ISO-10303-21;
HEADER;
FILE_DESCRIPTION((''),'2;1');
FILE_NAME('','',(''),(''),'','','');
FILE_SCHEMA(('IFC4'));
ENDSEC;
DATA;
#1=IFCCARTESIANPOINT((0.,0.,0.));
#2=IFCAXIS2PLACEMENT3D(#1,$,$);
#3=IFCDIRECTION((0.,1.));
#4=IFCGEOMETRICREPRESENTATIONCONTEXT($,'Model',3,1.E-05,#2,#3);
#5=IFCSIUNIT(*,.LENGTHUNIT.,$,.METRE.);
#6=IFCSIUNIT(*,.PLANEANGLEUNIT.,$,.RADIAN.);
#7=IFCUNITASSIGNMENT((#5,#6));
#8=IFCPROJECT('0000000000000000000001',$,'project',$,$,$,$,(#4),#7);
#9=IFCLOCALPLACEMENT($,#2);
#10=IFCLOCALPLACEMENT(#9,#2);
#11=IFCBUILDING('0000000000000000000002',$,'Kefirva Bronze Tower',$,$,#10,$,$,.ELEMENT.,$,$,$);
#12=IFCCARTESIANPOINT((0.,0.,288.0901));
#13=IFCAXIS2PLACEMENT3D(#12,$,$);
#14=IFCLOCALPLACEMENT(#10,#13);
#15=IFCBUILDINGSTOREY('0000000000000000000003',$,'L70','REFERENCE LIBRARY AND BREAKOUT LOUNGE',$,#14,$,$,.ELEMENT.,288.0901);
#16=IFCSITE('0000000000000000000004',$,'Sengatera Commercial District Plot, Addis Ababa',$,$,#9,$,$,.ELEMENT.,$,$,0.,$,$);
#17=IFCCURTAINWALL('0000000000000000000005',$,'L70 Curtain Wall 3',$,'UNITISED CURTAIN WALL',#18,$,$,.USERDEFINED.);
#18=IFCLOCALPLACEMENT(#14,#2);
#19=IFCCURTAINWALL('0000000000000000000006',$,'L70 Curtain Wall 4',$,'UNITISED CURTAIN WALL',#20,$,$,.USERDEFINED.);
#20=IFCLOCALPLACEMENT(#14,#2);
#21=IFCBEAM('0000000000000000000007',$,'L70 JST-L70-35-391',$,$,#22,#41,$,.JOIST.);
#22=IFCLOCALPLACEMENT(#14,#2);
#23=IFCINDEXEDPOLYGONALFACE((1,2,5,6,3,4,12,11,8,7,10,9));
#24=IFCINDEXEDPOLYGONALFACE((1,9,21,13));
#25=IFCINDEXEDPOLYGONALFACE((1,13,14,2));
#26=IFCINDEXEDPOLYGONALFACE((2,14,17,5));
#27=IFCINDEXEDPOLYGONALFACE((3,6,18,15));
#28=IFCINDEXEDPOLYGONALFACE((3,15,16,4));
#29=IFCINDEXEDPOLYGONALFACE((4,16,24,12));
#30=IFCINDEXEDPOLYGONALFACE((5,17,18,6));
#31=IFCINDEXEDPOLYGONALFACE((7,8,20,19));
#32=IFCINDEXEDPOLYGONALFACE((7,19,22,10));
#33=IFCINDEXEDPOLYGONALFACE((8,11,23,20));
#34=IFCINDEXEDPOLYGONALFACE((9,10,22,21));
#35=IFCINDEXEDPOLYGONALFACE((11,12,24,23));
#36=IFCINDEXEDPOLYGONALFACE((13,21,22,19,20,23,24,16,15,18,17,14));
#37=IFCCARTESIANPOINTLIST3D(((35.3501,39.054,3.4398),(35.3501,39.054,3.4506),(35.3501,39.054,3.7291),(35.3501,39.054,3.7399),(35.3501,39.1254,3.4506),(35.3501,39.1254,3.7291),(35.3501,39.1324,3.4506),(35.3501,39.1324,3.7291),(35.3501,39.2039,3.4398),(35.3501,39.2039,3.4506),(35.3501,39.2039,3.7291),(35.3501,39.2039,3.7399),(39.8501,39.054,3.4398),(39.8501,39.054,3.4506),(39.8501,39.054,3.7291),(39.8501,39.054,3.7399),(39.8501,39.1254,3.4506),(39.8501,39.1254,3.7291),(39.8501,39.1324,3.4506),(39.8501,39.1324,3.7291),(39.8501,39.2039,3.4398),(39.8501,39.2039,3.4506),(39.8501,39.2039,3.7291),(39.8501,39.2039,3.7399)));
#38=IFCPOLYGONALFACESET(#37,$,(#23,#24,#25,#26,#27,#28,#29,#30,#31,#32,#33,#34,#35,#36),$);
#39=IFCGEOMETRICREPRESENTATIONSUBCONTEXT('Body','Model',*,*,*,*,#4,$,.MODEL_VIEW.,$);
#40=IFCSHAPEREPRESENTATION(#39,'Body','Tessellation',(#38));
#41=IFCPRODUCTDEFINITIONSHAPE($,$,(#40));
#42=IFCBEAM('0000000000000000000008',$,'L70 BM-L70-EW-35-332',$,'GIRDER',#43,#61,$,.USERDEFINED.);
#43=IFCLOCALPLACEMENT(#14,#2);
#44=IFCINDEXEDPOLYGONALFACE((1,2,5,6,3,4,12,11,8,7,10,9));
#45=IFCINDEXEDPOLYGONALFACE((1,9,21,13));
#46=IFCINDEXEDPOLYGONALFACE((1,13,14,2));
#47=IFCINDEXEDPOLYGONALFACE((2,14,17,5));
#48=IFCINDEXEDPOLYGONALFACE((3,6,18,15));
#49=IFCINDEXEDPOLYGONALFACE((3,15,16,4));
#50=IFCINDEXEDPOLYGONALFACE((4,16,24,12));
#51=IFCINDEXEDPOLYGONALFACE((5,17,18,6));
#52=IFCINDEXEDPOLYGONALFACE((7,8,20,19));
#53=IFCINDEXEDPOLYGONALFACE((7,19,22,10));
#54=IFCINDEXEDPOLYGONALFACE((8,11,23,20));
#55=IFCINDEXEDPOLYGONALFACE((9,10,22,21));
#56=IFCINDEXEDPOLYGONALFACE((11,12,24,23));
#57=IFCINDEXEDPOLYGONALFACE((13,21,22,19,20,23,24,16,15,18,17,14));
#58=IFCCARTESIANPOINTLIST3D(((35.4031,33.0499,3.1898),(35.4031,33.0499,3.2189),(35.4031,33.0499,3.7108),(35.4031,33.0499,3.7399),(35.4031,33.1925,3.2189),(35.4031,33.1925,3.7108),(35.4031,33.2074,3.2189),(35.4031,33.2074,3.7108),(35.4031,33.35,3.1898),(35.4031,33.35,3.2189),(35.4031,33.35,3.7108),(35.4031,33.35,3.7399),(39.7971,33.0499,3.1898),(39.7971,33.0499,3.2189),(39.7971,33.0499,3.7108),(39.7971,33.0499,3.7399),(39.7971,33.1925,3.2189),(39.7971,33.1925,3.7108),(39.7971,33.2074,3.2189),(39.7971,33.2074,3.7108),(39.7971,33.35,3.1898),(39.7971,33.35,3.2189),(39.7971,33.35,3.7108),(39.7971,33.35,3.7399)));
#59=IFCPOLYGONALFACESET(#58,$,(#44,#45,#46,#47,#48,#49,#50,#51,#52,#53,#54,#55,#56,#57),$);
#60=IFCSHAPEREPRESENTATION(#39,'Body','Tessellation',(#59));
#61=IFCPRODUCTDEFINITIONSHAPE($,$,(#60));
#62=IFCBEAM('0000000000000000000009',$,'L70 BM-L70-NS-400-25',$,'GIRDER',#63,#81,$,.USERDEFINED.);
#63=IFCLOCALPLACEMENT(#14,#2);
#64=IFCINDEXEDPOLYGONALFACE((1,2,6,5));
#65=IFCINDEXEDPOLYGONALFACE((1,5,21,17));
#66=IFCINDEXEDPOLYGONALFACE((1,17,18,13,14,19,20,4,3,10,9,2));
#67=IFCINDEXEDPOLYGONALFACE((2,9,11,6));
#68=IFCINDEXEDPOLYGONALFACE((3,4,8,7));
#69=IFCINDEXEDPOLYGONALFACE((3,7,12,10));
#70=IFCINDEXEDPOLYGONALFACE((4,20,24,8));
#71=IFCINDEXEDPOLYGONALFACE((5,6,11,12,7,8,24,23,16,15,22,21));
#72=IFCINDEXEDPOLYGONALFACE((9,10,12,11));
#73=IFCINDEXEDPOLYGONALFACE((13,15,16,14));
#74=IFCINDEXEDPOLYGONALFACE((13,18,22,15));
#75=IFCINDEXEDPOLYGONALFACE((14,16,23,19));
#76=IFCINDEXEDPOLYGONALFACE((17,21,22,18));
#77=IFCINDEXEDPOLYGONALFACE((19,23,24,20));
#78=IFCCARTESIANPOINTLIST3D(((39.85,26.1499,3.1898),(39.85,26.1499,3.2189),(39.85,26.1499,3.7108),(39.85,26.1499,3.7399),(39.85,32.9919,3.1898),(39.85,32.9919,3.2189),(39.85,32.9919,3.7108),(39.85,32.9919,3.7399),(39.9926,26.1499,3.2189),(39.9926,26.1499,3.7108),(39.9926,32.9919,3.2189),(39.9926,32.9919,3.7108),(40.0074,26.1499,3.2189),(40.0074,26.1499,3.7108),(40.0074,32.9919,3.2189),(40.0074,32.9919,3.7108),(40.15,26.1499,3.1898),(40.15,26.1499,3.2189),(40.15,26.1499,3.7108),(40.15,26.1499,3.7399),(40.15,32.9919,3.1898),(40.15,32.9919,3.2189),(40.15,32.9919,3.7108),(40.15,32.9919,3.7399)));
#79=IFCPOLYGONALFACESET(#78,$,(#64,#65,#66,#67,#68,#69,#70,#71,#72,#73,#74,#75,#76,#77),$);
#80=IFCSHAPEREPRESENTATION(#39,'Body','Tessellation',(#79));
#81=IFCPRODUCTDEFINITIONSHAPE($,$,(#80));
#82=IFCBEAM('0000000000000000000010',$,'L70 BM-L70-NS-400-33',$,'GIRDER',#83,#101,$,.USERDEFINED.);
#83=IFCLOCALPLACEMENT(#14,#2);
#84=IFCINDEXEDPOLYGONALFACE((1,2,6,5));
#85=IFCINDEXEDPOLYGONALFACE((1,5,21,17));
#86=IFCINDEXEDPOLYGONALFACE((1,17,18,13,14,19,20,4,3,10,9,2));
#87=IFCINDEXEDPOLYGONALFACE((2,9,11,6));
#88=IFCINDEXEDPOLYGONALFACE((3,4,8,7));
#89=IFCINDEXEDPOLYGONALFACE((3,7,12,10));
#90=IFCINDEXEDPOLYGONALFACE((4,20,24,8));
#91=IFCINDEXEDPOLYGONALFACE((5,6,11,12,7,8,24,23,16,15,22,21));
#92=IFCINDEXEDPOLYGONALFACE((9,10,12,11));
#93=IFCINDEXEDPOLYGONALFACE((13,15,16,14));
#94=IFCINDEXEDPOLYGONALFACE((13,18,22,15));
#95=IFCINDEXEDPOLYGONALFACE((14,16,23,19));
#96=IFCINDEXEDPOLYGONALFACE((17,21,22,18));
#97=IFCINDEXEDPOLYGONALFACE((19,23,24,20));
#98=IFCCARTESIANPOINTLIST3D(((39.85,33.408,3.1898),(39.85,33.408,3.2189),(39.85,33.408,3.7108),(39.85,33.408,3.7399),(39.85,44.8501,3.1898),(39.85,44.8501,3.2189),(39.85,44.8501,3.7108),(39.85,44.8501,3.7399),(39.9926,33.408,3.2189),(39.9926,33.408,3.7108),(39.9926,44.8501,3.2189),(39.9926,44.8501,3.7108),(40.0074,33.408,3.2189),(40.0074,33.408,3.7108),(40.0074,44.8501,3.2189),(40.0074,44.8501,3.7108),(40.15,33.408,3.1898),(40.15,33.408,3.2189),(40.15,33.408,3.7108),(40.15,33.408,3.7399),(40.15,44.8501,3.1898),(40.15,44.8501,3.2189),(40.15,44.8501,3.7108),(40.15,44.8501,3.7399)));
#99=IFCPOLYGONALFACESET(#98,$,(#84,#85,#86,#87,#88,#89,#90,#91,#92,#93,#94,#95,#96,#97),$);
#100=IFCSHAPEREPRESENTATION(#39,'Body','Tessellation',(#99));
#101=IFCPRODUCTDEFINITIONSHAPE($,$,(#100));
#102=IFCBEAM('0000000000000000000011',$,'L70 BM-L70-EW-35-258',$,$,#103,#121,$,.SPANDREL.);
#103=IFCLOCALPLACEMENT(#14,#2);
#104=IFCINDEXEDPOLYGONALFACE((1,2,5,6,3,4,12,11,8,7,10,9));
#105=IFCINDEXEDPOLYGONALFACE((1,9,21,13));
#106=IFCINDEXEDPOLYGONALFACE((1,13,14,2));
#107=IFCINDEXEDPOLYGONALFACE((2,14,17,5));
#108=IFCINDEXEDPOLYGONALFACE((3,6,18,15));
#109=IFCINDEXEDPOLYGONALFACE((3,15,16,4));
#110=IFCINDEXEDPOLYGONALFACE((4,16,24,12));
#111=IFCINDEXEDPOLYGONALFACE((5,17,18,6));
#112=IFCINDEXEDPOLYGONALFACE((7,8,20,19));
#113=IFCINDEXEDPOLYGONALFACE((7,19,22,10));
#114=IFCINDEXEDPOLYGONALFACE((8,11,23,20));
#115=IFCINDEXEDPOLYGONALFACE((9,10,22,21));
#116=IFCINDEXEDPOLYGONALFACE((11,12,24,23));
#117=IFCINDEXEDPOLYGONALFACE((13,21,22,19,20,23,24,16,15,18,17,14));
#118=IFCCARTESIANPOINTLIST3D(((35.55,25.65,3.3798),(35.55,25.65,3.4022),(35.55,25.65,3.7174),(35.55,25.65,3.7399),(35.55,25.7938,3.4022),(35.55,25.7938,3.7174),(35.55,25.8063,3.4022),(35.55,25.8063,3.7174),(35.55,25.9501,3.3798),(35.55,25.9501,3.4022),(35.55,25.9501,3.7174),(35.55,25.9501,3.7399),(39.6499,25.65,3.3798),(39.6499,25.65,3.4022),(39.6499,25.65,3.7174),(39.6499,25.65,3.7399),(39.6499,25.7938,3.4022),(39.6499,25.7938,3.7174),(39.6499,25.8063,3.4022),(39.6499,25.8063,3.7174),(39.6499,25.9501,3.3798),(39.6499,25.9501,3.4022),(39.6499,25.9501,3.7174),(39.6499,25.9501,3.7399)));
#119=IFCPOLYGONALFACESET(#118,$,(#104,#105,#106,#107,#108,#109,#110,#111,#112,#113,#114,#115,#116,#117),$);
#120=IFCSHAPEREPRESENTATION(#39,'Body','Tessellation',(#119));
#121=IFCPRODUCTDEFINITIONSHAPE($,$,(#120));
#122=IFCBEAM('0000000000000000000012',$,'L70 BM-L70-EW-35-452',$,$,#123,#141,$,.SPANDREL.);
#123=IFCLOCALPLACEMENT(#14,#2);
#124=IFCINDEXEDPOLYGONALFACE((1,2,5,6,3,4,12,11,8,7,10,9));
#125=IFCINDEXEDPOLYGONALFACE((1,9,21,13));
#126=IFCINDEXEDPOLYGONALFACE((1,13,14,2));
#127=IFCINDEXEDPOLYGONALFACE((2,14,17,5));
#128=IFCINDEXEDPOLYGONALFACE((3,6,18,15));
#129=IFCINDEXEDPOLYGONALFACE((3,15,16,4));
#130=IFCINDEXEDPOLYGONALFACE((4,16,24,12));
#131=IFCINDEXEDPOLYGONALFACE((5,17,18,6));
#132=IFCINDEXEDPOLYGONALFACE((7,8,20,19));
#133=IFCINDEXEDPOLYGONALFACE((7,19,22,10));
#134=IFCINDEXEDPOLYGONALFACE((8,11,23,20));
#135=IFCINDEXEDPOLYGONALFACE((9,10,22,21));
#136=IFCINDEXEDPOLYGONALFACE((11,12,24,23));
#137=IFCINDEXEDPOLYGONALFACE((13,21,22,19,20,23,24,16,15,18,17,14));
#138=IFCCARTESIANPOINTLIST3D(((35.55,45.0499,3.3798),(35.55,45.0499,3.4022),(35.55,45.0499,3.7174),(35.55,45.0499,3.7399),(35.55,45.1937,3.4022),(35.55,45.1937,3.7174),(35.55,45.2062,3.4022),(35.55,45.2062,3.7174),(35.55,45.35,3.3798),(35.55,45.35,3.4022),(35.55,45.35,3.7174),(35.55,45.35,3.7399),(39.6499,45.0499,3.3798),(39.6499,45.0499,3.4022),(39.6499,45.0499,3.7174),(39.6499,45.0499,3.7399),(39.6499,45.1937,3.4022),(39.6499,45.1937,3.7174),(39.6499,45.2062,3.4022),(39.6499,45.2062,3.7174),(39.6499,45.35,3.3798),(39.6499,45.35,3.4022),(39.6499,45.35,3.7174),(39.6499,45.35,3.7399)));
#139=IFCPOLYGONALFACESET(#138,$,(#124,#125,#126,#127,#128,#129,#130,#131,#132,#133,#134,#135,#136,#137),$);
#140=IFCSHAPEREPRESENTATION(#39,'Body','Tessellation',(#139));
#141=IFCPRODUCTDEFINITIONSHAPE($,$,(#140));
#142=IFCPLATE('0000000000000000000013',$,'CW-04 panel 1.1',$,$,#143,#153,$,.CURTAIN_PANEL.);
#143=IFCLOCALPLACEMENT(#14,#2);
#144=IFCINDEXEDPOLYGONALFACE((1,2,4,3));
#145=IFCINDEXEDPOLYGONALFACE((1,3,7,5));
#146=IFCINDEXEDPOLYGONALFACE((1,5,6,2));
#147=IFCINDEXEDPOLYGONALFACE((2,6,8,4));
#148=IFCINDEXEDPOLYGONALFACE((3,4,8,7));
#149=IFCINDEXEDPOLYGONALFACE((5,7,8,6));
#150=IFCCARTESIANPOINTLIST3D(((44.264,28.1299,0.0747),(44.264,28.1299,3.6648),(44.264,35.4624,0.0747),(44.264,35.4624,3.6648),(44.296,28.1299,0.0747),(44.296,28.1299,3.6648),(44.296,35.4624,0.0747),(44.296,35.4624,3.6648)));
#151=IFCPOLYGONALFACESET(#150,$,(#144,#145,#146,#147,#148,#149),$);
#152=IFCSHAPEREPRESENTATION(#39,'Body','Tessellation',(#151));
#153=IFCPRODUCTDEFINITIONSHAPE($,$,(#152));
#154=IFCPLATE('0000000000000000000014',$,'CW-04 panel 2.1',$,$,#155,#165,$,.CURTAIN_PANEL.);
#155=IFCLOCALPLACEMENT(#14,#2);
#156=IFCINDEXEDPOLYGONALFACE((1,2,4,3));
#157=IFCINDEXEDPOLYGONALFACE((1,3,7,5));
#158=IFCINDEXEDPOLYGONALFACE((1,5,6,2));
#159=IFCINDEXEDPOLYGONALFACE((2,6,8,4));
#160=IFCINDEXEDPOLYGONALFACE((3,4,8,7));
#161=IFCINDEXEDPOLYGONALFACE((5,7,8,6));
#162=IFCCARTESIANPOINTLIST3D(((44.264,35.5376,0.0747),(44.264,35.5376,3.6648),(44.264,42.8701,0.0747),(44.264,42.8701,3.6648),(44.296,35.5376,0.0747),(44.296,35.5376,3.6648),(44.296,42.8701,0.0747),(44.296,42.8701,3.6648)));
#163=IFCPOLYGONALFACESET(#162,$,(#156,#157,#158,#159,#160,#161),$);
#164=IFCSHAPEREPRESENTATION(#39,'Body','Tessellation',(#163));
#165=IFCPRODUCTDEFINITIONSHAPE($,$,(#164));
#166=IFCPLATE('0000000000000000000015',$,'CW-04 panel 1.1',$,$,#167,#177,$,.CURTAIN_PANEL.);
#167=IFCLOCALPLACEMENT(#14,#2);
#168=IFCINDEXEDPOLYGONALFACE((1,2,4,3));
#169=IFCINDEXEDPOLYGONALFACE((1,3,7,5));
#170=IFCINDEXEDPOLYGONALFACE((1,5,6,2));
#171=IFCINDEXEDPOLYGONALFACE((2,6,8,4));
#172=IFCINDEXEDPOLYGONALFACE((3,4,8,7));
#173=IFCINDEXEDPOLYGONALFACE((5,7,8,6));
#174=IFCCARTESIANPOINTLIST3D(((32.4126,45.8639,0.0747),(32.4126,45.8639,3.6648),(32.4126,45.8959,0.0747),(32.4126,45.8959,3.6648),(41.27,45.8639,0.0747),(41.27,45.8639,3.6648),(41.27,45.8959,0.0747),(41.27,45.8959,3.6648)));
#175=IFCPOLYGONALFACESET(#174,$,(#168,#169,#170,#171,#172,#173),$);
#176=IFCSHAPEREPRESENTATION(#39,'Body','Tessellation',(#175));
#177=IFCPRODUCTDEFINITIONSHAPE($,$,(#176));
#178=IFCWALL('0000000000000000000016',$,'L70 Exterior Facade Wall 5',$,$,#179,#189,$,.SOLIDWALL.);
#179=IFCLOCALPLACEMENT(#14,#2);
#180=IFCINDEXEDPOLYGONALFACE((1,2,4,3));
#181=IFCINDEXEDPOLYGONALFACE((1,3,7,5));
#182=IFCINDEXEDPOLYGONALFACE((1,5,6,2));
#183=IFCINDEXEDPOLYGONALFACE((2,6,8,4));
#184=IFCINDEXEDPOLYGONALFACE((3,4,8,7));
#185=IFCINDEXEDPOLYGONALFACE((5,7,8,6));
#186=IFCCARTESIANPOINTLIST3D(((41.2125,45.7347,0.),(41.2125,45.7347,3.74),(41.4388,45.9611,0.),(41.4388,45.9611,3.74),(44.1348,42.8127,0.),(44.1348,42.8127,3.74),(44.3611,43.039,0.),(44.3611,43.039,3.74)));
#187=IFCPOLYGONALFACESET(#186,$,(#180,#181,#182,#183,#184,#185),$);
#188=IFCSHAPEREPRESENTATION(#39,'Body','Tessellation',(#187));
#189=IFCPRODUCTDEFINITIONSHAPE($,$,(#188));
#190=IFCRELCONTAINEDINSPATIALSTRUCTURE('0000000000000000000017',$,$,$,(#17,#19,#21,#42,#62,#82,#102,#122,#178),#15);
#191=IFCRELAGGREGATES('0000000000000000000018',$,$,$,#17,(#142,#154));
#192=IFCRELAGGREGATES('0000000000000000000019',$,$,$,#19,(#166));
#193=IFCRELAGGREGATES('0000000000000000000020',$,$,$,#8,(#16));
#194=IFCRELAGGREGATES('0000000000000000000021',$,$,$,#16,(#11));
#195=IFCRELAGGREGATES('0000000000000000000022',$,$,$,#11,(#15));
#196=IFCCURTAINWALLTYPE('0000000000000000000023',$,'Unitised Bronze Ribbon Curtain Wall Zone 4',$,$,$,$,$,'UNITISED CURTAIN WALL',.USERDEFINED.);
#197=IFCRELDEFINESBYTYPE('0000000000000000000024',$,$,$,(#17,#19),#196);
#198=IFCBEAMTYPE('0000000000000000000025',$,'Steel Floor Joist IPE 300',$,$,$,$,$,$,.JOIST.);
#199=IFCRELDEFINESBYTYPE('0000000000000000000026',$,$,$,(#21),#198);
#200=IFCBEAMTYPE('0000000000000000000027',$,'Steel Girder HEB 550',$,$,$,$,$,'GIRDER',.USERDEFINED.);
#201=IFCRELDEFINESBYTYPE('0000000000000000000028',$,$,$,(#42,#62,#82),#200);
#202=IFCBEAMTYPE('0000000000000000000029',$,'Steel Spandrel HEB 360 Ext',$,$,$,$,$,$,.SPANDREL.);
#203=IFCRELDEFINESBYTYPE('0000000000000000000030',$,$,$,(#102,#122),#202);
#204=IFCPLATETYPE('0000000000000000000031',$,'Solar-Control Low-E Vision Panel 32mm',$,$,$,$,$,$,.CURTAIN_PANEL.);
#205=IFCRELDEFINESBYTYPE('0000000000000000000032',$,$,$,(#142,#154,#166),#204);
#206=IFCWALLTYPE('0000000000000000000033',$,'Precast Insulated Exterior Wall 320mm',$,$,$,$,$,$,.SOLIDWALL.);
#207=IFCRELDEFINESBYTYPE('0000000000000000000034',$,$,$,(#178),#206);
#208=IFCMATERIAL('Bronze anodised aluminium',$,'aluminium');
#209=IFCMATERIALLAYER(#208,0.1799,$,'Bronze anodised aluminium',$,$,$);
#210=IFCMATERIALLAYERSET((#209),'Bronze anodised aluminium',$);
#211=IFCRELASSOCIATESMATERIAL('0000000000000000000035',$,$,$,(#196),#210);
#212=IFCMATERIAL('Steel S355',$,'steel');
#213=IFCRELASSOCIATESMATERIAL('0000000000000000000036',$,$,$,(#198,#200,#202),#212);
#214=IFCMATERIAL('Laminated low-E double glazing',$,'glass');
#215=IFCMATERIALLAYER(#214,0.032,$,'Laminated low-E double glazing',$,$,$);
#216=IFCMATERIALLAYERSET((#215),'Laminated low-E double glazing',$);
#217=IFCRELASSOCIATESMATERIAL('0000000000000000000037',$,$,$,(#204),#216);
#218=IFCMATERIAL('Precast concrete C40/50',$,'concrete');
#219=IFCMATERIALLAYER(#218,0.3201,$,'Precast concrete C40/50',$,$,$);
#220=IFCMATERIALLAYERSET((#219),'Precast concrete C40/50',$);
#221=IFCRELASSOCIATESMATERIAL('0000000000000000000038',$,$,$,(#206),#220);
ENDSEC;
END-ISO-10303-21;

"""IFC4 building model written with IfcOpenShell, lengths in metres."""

from ifc_helpers import new_model, si_unit, direction, frame, frame_2d, origin, origin_2d, place, context, subcontext, project, spatial, rectangle, i_section, extrude, material, layer, layer_set, material_profile, profile_set, type_object, element, aggregate, save


model = new_model("IFC4")

# Units and contexts
model_context = context("Model", 3, precision=1e-05, world=origin(), true_north=direction((0.0, 1.0)))
body_context = subcontext(model_context, "Body", "Model", "MODEL_VIEW")
ifc_project = project(units=[si_unit("LENGTHUNIT", "METRE"), si_unit("PLANEANGLEUNIT", "RADIAN")], contexts=[model_context])

# Site, building, storey
site_placement = place(None, origin())
site = spatial("IfcSite", under=ifc_project, at=site_placement, Name="Sengatera Commercial District Plot, Addis Ababa", CompositionType="ELEMENT", RefElevation=0.0)
building_placement = place(site_placement, origin())
building = spatial("IfcBuilding", under=site, at=building_placement, Name="Kefirva Bronze Tower", CompositionType="ELEMENT")
storey_placement = place(building_placement, frame((0.0, 0.0, 288.0901)))
storey = spatial("IfcBuildingStorey", under=building, at=storey_placement, Name="L70", Description="REFERENCE LIBRARY AND BREAKOUT LOUNGE", CompositionType="ELEMENT", Elevation=288.0901)

# Curtain wall
ifc_material_1 = material(Name="Bronze anodised aluminium", Category="aluminium")
ifc_layer_1 = layer(ifc_material_1, 0.1799, Name="Bronze anodised aluminium")
ifc_layer_set_1 = layer_set([ifc_layer_1], Name="Bronze anodised aluminium")
curtain_wall_type = type_object("IfcCurtainWallType", Name="Unitised Bronze Ribbon Curtain Wall Zone 4", ElementType="UNITISED CURTAIN WALL", PredefinedType="USERDEFINED", material=ifc_layer_set_1)
curtain_wall_1_placement = place(storey_placement, origin())
curtain_wall_1 = element("IfcCurtainWall", 1, at=curtain_wall_1_placement, inside=storey, type_object=curtain_wall_type, Name="L70 Curtain Wall 3", ObjectType="UNITISED CURTAIN WALL", PredefinedType="USERDEFINED")

# Curtain wall
curtain_wall_2_placement = place(storey_placement, origin())
curtain_wall_2 = element("IfcCurtainWall", 2, at=curtain_wall_2_placement, inside=storey, type_object=curtain_wall_type, Name="L70 Curtain Wall 4", ObjectType="UNITISED CURTAIN WALL", PredefinedType="USERDEFINED")

# Beams
ifc_material_2 = material(Name="Steel S355", Category="steel")
ifc_material_profile_1 = material_profile(ifc_material_2, i_section(OverallWidth=0.1499, OverallDepth=0.3, WebThickness=0.0071, FlangeThickness=0.0107, at=origin_2d()), Name="IPE 300")
ifc_profile_set_1 = profile_set([ifc_material_profile_1], Name="Steel S355")
beam_type_1 = type_object("IfcBeamType", Name="Steel Floor Joist IPE 300", PredefinedType="JOIST", material=ifc_profile_set_1)
beam_1_placement = place(storey_placement, frame((35.3501, 39.1289, 3.5898), z_axis=(1.0, 0.0, 0.0), x_axis=(0.0, 1.0, 0.0)))
element("IfcBeam", 3, at=beam_1_placement, inside=storey, type_object=beam_type_1, Name="L70 JST-L70-35-391", PredefinedType="JOIST", context=body_context, shape_type="SweptSolid", body=[
    extrude(i_section(OverallWidth=0.1499, OverallDepth=0.3, WebThickness=0.0071, FlangeThickness=0.0107, at=origin_2d()), origin(), (0.0, 0.0, 1.0), 4.5),
])
ifc_material_profile_2 = material_profile(ifc_material_2, i_section(OverallWidth=0.3, OverallDepth=0.55, WebThickness=0.0149, FlangeThickness=0.0291, at=origin_2d()), Name="HEB 550")
ifc_profile_set_2 = profile_set([ifc_material_profile_2], Name="Steel S355")
beam_type_2 = type_object("IfcBeamType", Name="Steel Girder HEB 550", ElementType="GIRDER", PredefinedType="USERDEFINED", material=ifc_profile_set_2)
beam_2_placement = place(storey_placement, frame((35.4031, 33.2, 3.4648), z_axis=(1.0, 0.0, 0.0), x_axis=(0.0, 1.0, 0.0)))
element("IfcBeam", 4, at=beam_2_placement, inside=storey, type_object=beam_type_2, Name="L70 BM-L70-EW-35-332", ObjectType="GIRDER", PredefinedType="USERDEFINED", context=body_context, shape_type="SweptSolid", body=[
    extrude(i_section(OverallWidth=0.3, OverallDepth=0.55, WebThickness=0.0149, FlangeThickness=0.0291, at=origin_2d()), origin(), (0.0, 0.0, 1.0), 4.394),
])
beam_3_placement = place(storey_placement, frame((40.0, 26.1499, 3.4648), z_axis=(0.0, 1.0, 0.0), x_axis=(-1.0, 0.0, 0.0)))
element("IfcBeam", 5, at=beam_3_placement, inside=storey, type_object=beam_type_2, Name="L70 BM-L70-NS-400-25", ObjectType="GIRDER", PredefinedType="USERDEFINED", context=body_context, shape_type="SweptSolid", body=[
    extrude(i_section(OverallWidth=0.3, OverallDepth=0.55, WebThickness=0.0149, FlangeThickness=0.0291, at=origin_2d()), origin(), (0.0, 0.0, 1.0), 6.842),
])
beam_4_placement = place(storey_placement, frame((40.0, 33.408, 3.4648), z_axis=(0.0, 1.0, 0.0), x_axis=(-1.0, 0.0, 0.0)))
element("IfcBeam", 6, at=beam_4_placement, inside=storey, type_object=beam_type_2, Name="L70 BM-L70-NS-400-33", ObjectType="GIRDER", PredefinedType="USERDEFINED", context=body_context, shape_type="SweptSolid", body=[
    extrude(i_section(OverallWidth=0.3, OverallDepth=0.55, WebThickness=0.0149, FlangeThickness=0.0291, at=origin_2d()), origin(), (0.0, 0.0, 1.0), 11.4421),
])
ifc_material_profile_3 = material_profile(ifc_material_2, i_section(OverallWidth=0.3, OverallDepth=0.3601, WebThickness=0.0125, FlangeThickness=0.0225, at=origin_2d()), Name="HEB 360")
ifc_profile_set_3 = profile_set([ifc_material_profile_3], Name="Steel S355")
beam_type_3 = type_object("IfcBeamType", Name="Steel Spandrel HEB 360 Ext", PredefinedType="SPANDREL", material=ifc_profile_set_3)
for number, where, z_axis, x_axis, name in (
    (7, (35.55, 25.8, 3.5598), (1.0, 0.0, 0.0), (0.0, 1.0, 0.0), "L70 BM-L70-EW-35-258"),
    (8, (35.55, 45.2, 3.5598), (1.0, 0.0, 0.0), (0.0, 1.0, 0.0), "L70 BM-L70-EW-35-452"),
):
    element("IfcBeam", number, at=place(storey_placement, frame(where, z_axis=z_axis, x_axis=x_axis)), inside=storey, type_object=beam_type_3, Name=name, PredefinedType="SPANDREL", context=body_context, shape_type="SweptSolid", body=[
        extrude(i_section(OverallWidth=0.3, OverallDepth=0.3601, WebThickness=0.0125, FlangeThickness=0.0225, at=origin_2d()), origin(), (0.0, 0.0, 1.0), 4.0999),
    ])

# Plates
ifc_material_3 = material(Name="Laminated low-E double glazing", Category="glass")
ifc_layer_2 = layer(ifc_material_3, 0.032, Name="Laminated low-E double glazing")
ifc_layer_set_2 = layer_set([ifc_layer_2], Name="Laminated low-E double glazing")
plate_type = type_object("IfcPlateType", Name="Solar-Control Low-E Vision Panel 32mm", PredefinedType="CURTAIN_PANEL", material=ifc_layer_set_2)
plate_1_placement = place(storey_placement, frame((44.28, 31.7961, 0.0747), z_axis=(0.0, 0.0, 1.0), x_axis=(0.0, 1.0, 0.0)))
plate_1 = element("IfcPlate", 9, at=plate_1_placement, type_object=plate_type, Name="CW-04 panel 1.1", PredefinedType="CURTAIN_PANEL", context=body_context, shape_type="SweptSolid", body=[
    extrude(rectangle(XDim=7.3325, YDim=0.032, at=origin_2d()), origin(), (0.0, 0.0, 1.0), 3.5901),
])
plate_2_placement = place(storey_placement, frame((44.28, 39.2039, 0.0747), z_axis=(0.0, 0.0, 1.0), x_axis=(0.0, 1.0, 0.0)))
plate_2 = element("IfcPlate", 10, at=plate_2_placement, type_object=plate_type, Name="CW-04 panel 2.1", PredefinedType="CURTAIN_PANEL", context=body_context, shape_type="SweptSolid", body=[
    extrude(rectangle(XDim=7.3325, YDim=0.032, at=origin_2d()), origin(), (0.0, 0.0, 1.0), 3.5901),
])
aggregate(curtain_wall_1, [plate_1, plate_2])
plate_3_placement = place(storey_placement, frame((36.8413, 45.8799, 0.0747), z_axis=(0.0, 0.0, 1.0), x_axis=(-1.0, 0.0, 0.0)))
plate_3 = element("IfcPlate", 11, at=plate_3_placement, type_object=plate_type, Name="CW-04 panel 1.1", PredefinedType="CURTAIN_PANEL", context=body_context, shape_type="SweptSolid", body=[
    extrude(rectangle(XDim=8.8574, YDim=0.032, at=origin_2d()), origin(), (0.0, 0.0, 1.0), 3.5901),
])
aggregate(curtain_wall_2, [plate_3])

# Wall
ifc_material_4 = material(Name="Precast concrete C40/50", Category="concrete")
ifc_layer_3 = layer(ifc_material_4, 0.3201, Name="Precast concrete C40/50")
ifc_layer_set_3 = layer_set([ifc_layer_3], Name="Precast concrete C40/50")
wall_type = type_object("IfcWallType", Name="Precast Insulated Exterior Wall 320mm", PredefinedType="SOLIDWALL", material=ifc_layer_set_3)
wall_placement = place(storey_placement, frame((44.248, 42.9258, 0.0), z_axis=(0.0, 0.0, 1.0), x_axis=(-0.707136, 0.707077, 0.0)))
element("IfcWall", 12, at=wall_placement, inside=storey, type_object=wall_type, Name="L70 Exterior Facade Wall 5", PredefinedType="SOLIDWALL", context=body_context, shape_type="SweptSolid", body=[
    extrude(rectangle(XDim=4.1326, YDim=0.3201, at=frame_2d((2.0664, 0.0))), origin(), (0.0, 0.0, 1.0), 3.74),
])

save(model, "model.ifc")
